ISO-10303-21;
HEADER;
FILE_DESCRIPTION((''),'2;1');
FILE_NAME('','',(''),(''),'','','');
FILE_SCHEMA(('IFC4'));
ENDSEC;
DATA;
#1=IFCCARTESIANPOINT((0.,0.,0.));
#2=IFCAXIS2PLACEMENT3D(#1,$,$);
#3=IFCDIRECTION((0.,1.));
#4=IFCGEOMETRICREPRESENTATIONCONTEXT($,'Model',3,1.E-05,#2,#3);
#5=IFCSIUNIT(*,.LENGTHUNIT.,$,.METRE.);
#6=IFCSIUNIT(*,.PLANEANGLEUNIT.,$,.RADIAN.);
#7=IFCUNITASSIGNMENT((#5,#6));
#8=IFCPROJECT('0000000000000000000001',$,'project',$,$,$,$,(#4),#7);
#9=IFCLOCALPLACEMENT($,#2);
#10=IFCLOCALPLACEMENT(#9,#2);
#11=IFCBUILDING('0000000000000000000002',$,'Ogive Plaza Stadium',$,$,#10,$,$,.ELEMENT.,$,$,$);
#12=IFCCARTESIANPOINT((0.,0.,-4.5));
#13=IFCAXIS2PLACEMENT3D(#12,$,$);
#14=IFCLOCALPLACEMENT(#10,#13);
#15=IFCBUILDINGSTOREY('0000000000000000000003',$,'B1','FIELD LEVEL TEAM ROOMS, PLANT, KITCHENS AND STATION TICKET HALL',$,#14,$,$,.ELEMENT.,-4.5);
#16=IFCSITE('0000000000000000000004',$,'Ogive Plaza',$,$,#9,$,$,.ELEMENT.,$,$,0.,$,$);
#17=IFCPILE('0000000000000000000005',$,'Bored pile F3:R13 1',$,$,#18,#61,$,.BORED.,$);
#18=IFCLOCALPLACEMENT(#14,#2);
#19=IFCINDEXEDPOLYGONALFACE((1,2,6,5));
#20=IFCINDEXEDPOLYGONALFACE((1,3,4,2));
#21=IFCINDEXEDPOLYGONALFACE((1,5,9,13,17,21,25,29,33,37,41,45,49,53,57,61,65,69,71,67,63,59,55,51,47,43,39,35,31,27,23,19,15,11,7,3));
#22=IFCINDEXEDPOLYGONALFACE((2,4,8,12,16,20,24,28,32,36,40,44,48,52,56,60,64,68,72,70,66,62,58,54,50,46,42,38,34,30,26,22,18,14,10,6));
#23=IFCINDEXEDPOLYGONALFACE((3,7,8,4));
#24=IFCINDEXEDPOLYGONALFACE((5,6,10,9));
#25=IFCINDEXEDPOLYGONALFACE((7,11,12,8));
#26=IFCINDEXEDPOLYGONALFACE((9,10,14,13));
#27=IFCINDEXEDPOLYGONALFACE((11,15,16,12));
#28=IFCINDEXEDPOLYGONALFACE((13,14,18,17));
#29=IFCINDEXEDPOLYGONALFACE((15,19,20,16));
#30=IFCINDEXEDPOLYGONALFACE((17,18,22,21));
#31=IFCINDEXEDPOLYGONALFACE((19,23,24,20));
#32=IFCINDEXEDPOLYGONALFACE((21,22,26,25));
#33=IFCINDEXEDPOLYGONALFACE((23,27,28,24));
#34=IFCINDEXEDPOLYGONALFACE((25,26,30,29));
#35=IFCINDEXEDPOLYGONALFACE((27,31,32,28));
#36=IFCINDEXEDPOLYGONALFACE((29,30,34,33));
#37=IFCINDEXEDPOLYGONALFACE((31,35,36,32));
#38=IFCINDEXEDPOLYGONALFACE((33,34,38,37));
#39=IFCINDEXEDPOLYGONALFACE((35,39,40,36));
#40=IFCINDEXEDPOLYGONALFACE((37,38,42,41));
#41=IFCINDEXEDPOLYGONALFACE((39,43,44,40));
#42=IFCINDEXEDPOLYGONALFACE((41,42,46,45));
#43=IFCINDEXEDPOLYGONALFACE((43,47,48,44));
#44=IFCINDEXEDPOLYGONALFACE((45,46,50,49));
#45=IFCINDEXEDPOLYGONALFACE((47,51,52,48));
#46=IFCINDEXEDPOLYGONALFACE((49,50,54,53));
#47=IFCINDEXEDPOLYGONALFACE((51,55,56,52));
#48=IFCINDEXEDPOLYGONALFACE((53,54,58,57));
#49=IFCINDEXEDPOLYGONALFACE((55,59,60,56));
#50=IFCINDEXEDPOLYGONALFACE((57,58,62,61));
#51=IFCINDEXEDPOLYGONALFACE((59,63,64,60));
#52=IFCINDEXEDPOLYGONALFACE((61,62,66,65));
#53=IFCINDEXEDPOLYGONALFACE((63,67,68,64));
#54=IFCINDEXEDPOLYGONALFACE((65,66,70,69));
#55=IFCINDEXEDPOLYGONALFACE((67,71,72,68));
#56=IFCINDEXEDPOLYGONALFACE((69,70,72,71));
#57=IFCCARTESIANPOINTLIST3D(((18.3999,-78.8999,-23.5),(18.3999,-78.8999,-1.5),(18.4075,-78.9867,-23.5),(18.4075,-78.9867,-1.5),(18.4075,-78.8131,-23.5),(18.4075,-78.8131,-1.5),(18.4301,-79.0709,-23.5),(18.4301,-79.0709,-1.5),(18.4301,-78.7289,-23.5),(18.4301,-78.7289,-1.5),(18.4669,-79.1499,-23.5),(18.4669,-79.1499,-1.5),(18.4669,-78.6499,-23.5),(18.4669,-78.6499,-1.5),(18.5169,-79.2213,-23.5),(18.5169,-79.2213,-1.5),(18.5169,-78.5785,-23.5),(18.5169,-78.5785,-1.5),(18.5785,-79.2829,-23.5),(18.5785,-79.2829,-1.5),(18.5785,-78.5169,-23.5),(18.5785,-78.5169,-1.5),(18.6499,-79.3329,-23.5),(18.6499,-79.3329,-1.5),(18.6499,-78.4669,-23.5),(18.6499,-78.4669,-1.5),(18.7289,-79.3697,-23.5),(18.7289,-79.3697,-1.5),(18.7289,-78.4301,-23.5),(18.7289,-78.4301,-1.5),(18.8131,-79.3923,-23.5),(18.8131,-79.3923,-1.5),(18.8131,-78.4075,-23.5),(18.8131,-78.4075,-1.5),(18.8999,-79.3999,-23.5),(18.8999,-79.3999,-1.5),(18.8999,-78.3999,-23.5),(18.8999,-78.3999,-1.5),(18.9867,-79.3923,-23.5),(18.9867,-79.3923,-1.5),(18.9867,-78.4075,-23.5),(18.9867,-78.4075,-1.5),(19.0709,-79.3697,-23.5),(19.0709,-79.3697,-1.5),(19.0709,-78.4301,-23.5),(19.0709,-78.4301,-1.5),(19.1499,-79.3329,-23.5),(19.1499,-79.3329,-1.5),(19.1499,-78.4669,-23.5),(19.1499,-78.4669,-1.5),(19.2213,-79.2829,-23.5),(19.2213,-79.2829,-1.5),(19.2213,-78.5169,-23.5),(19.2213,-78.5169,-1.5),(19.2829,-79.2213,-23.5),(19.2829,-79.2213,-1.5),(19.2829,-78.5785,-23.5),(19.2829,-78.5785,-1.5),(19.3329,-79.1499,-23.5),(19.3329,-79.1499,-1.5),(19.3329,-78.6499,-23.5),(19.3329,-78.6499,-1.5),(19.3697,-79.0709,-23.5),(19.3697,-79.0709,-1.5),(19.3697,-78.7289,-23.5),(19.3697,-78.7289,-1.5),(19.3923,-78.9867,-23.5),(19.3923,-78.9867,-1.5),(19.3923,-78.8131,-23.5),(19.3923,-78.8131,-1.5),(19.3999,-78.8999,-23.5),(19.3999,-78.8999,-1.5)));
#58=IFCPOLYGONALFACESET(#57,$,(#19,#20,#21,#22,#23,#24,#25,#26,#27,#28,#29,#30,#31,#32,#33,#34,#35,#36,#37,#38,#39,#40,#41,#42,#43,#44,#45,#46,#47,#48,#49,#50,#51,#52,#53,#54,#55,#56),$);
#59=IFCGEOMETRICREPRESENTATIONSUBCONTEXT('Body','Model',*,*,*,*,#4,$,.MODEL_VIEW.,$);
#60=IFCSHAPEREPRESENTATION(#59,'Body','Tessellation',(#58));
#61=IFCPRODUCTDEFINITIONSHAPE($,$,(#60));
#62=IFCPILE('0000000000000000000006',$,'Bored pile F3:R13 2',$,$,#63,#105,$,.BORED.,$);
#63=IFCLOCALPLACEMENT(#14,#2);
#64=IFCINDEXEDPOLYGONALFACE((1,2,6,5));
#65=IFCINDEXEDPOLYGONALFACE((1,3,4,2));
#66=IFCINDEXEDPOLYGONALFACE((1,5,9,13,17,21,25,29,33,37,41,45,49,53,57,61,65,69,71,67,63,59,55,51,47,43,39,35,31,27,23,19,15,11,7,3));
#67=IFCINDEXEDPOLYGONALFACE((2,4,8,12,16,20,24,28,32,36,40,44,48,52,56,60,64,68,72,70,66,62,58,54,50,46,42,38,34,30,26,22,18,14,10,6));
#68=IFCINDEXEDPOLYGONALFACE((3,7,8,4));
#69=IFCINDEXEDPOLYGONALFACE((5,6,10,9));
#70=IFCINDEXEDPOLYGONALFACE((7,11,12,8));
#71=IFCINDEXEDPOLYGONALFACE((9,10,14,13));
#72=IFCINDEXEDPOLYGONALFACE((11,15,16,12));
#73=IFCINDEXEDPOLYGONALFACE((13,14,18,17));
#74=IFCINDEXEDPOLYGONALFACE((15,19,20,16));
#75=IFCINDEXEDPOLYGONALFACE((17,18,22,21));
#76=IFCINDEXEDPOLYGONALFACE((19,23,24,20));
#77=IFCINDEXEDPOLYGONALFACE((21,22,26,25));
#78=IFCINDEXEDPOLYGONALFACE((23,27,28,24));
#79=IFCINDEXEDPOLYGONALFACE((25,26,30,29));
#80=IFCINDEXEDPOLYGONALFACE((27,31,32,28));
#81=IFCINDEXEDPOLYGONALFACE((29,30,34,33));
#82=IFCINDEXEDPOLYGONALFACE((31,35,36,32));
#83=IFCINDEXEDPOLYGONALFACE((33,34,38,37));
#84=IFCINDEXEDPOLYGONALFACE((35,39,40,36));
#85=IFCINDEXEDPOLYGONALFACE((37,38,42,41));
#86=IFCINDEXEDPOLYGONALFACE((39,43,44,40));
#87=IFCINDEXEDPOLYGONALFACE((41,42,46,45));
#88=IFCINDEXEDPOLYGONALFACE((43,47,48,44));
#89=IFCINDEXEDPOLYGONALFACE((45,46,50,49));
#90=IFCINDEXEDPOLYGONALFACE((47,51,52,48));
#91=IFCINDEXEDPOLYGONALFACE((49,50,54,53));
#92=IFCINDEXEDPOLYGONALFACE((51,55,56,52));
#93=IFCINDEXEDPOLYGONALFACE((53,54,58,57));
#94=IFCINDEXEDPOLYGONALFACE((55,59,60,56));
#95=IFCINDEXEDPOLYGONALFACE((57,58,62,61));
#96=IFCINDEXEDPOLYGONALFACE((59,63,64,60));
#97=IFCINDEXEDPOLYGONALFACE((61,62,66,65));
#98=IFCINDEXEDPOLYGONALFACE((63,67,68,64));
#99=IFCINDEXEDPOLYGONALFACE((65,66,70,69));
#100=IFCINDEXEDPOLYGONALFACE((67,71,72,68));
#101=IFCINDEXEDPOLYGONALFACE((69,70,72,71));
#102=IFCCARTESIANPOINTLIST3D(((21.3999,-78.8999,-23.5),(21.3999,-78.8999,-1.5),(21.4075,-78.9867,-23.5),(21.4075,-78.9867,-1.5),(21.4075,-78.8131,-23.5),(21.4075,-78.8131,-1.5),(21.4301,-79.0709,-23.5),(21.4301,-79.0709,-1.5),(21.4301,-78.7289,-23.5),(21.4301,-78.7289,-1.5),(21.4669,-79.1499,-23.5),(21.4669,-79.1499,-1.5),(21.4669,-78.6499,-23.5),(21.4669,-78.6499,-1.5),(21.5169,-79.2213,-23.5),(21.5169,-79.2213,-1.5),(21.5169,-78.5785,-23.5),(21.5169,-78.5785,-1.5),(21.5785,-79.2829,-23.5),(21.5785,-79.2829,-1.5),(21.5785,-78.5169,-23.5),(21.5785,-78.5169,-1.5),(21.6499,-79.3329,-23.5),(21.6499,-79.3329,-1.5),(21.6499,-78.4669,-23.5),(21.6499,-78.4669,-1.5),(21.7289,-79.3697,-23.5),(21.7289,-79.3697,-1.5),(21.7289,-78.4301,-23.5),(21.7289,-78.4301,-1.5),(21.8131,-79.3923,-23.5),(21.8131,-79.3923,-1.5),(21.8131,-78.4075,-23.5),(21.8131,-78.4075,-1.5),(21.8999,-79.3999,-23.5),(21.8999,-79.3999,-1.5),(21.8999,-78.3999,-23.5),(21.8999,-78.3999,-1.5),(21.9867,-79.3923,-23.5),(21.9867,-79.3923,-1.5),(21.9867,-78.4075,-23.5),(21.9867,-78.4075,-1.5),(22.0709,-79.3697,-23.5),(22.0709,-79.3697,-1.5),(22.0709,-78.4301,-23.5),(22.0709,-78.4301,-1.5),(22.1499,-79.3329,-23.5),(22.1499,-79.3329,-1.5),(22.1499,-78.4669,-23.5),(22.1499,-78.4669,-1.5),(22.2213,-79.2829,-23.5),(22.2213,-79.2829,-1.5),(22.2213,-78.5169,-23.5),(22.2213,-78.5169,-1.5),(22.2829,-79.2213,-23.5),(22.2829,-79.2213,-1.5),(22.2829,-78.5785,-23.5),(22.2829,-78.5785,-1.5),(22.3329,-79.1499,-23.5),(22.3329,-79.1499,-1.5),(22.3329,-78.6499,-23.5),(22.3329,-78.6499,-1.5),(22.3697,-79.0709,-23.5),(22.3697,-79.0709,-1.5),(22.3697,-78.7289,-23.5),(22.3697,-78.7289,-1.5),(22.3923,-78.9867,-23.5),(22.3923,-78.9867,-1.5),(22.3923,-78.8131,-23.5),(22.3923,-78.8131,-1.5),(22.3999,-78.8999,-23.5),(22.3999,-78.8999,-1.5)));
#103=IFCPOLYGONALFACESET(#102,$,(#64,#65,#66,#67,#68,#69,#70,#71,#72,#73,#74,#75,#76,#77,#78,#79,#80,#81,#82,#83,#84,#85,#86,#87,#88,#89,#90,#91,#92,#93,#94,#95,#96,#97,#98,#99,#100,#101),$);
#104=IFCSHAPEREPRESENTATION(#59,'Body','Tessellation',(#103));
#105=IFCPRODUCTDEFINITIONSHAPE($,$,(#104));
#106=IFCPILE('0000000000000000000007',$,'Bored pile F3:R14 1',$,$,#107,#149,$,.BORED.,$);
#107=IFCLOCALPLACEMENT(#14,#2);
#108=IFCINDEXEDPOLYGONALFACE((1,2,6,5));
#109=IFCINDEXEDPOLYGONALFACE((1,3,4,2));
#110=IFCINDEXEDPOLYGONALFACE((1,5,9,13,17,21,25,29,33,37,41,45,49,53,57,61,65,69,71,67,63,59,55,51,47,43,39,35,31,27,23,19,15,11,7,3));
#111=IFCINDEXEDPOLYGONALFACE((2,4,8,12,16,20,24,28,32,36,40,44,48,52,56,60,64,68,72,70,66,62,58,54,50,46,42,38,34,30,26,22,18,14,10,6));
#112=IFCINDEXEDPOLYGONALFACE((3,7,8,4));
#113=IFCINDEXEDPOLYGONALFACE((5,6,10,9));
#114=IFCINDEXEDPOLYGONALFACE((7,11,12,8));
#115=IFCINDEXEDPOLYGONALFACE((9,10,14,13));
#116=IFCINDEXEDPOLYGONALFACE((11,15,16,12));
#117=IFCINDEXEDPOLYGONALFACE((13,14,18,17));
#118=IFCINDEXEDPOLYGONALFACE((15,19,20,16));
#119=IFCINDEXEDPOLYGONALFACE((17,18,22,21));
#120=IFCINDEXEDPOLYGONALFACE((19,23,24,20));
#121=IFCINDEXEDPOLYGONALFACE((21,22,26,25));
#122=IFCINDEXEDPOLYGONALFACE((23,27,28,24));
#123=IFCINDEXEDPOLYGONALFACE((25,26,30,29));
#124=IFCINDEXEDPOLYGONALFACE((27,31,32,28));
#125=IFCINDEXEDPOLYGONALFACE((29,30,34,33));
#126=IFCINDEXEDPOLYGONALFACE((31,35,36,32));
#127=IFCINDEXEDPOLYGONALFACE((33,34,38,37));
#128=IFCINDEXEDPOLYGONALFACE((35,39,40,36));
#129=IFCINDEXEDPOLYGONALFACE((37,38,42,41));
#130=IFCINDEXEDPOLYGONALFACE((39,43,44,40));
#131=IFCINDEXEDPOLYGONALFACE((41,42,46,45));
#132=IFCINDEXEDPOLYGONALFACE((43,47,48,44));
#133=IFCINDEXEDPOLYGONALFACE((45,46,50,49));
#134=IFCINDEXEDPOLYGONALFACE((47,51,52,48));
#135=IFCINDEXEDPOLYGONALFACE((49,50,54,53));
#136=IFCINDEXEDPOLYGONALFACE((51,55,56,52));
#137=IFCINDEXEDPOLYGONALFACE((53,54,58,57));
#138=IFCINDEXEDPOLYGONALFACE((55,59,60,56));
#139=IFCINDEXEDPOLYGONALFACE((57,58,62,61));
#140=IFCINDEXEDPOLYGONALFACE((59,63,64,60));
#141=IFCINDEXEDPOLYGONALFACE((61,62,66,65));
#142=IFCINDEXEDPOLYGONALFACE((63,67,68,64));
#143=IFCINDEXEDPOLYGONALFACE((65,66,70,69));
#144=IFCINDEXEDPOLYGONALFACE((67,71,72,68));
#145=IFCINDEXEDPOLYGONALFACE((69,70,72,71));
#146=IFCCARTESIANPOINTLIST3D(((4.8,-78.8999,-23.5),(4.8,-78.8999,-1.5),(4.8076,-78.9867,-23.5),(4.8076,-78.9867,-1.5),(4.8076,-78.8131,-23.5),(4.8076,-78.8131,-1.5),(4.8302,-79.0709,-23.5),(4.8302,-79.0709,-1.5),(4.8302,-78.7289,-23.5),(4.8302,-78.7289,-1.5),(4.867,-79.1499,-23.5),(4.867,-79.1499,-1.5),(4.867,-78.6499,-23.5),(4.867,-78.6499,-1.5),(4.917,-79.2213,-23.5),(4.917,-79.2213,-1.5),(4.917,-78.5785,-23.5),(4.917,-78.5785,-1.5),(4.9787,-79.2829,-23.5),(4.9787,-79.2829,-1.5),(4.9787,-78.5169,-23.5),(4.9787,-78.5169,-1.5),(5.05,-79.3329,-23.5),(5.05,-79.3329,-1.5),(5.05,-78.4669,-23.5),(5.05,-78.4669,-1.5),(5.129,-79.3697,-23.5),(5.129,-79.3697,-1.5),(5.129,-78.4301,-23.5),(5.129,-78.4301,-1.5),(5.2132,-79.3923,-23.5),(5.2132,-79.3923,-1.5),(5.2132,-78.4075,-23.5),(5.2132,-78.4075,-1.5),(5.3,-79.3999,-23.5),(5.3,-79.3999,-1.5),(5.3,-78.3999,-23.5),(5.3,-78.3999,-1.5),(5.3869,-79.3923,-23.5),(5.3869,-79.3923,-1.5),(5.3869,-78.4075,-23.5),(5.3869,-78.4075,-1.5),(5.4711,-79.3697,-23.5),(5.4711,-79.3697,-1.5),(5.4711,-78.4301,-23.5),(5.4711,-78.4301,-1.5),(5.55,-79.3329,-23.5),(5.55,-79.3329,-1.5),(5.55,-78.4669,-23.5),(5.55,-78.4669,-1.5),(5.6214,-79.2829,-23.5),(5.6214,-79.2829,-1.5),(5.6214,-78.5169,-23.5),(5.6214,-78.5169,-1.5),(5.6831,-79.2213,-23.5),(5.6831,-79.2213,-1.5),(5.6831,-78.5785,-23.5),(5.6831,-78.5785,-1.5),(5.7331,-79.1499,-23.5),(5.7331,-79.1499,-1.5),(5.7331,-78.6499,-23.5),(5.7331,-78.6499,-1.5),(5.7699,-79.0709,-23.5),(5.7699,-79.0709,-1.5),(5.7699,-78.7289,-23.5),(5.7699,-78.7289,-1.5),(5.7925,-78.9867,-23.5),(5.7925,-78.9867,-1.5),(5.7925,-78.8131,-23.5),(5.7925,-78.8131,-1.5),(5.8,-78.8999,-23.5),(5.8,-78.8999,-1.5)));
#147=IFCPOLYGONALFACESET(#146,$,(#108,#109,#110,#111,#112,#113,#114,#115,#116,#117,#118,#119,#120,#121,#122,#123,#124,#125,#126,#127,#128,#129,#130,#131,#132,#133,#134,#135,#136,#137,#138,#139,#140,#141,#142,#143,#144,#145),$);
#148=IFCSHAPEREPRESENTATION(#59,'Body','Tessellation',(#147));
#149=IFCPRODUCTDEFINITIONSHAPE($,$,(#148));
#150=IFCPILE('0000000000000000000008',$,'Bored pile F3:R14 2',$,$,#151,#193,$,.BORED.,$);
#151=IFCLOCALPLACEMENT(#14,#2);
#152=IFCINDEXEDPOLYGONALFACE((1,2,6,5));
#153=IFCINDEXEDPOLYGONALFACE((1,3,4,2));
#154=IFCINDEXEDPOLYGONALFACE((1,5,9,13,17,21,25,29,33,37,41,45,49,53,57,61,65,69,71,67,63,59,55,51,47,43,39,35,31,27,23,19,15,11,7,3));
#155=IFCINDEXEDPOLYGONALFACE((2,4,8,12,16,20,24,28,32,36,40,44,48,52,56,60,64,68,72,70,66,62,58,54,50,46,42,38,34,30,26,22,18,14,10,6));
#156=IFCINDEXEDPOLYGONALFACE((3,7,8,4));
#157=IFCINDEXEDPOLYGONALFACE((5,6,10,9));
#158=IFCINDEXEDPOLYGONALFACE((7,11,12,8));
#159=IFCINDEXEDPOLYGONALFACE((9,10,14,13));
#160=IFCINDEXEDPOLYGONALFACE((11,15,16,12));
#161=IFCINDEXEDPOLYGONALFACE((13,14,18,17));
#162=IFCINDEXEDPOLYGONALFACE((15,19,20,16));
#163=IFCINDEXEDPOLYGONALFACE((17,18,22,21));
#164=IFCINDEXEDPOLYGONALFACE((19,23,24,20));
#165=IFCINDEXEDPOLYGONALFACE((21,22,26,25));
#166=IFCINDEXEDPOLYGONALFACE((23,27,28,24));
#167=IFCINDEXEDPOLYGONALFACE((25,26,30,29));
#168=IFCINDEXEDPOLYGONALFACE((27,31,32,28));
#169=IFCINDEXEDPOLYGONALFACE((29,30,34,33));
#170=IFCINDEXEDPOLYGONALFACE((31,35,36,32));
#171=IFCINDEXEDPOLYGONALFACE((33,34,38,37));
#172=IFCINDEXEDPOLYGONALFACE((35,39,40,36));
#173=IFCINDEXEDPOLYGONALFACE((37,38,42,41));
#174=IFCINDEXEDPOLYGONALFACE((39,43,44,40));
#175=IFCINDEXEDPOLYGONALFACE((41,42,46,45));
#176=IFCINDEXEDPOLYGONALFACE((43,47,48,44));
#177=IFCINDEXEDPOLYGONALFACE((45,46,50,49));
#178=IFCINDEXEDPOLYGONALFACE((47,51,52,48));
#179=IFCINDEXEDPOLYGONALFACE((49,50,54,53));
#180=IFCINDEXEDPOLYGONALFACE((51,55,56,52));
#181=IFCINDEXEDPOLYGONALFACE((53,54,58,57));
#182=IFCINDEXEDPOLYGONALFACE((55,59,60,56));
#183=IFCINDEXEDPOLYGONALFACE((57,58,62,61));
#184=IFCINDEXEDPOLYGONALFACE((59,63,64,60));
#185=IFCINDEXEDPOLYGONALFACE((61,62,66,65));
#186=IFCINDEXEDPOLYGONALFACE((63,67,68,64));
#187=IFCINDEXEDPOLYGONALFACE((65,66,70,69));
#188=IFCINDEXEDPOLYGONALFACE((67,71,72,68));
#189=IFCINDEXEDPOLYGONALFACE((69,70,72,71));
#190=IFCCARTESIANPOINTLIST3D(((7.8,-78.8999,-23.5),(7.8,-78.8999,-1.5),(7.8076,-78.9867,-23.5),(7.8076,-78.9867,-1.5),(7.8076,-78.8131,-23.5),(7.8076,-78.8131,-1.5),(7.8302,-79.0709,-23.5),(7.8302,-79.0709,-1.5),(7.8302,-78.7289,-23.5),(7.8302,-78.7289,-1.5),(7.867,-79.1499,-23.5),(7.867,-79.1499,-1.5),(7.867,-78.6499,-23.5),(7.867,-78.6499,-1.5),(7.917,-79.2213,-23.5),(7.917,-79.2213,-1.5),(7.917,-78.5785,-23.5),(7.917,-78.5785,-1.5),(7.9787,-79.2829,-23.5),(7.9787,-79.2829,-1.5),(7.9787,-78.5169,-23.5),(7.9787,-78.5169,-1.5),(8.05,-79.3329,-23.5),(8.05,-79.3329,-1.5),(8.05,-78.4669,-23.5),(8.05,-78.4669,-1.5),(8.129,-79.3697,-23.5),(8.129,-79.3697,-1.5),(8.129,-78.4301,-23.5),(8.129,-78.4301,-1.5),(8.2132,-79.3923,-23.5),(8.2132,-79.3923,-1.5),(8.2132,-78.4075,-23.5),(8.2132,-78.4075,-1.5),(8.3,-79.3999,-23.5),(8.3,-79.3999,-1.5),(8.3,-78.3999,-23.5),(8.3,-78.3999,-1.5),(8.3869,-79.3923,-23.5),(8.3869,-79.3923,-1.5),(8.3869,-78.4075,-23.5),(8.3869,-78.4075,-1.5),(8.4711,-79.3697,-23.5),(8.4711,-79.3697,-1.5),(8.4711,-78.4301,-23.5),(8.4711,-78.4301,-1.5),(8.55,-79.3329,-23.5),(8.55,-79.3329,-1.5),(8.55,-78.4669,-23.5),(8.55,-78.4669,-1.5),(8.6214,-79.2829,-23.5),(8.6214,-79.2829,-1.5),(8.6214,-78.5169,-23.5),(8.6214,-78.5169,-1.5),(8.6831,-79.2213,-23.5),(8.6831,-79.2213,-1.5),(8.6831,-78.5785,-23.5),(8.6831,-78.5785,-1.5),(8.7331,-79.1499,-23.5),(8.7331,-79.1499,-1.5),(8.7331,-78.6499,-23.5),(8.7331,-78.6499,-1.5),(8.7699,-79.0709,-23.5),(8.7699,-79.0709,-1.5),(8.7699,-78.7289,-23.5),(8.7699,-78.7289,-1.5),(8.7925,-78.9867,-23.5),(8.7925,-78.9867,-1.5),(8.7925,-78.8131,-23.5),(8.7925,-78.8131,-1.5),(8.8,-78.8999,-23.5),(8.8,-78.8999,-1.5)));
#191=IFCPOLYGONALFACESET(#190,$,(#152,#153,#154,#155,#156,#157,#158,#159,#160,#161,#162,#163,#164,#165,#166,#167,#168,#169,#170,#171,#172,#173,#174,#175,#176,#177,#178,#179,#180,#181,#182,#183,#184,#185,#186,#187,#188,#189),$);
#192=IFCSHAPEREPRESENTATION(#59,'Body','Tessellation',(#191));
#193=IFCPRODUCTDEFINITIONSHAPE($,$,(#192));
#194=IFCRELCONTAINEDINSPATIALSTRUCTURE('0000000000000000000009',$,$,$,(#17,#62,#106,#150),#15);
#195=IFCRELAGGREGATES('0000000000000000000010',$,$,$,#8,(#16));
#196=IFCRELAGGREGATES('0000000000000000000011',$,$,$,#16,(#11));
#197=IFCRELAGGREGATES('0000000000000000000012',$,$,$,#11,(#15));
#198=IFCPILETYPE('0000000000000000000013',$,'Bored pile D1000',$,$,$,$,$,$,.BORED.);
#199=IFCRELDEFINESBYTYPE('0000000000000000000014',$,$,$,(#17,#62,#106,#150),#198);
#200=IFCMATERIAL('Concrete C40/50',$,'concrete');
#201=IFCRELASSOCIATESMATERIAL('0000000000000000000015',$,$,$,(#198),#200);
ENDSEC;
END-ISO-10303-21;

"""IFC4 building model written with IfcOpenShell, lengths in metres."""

from ifc_helpers import new_model, si_unit, direction, frame, origin, origin_2d, place, context, subcontext, project, spatial, circle, extrude, material, material_profile, profile_set, type_object, element, save


model = new_model("IFC4")

# Units and contexts
model_context = context("Model", 3, precision=1e-05, world=origin(), true_north=direction((0.0, 1.0)))
body_context = subcontext(model_context, "Body", "Model", "MODEL_VIEW")
ifc_project = project(units=[si_unit("LENGTHUNIT", "METRE"), si_unit("PLANEANGLEUNIT", "RADIAN")], contexts=[model_context])

# Site, building, storey
site_placement = place(None, origin())
site = spatial("IfcSite", under=ifc_project, at=site_placement, Name="Ogive Plaza", CompositionType="ELEMENT", RefElevation=0.0)
building_placement = place(site_placement, origin())
building = spatial("IfcBuilding", under=site, at=building_placement, Name="Ogive Plaza Stadium", CompositionType="ELEMENT")
storey_placement = place(building_placement, frame((0.0, 0.0, -4.5)))
storey = spatial("IfcBuildingStorey", under=building, at=storey_placement, Name="B1", Description="FIELD LEVEL TEAM ROOMS, PLANT, KITCHENS AND STATION TICKET HALL", CompositionType="ELEMENT", Elevation=-4.5)

# Piles
ifc_material_1 = material(Name="Concrete C40/50", Category="concrete")
ifc_material_profile_1 = material_profile(ifc_material_1, circle(Radius=0.5, at=origin_2d()), Name="RC D1000")
ifc_profile_set_1 = profile_set([ifc_material_profile_1], Name="Concrete C40/50")
pile_type_1 = type_object("IfcPileType", Name="Bored pile D1000", PredefinedType="BORED", material=ifc_profile_set_1)
for number, where, z_axis, x_axis, name in (
    (1, (18.8999, -78.8999, -1.5), (0.0, 0.0, -1.0), (1.0, 0.0, 0.0), "Bored pile F3:R13 1"),
    (2, (21.8999, -78.8999, -1.5), (0.0, 0.0, -1.0), (1.0, 0.0, 0.0), "Bored pile F3:R13 2"),
    (3, (5.3, -78.8999, -1.5), (0.0, 0.0, -1.0), (1.0, 0.0, 0.0), "Bored pile F3:R14 1"),
    (4, (8.3, -78.8999, -1.5), (0.0, 0.0, -1.0), (1.0, 0.0, 0.0), "Bored pile F3:R14 2"),
):
    element("IfcPile", number, at=place(storey_placement, frame(where, z_axis=z_axis, x_axis=x_axis)), inside=storey, type_object=pile_type_1, Name=name, PredefinedType="BORED", context=body_context, shape_type="SweptSolid", body=[
        extrude(circle(Radius=0.5, at=origin_2d()), origin(), (0.0, 0.0, 1.0), 22.0),
    ])

save(model, "model.ifc")
